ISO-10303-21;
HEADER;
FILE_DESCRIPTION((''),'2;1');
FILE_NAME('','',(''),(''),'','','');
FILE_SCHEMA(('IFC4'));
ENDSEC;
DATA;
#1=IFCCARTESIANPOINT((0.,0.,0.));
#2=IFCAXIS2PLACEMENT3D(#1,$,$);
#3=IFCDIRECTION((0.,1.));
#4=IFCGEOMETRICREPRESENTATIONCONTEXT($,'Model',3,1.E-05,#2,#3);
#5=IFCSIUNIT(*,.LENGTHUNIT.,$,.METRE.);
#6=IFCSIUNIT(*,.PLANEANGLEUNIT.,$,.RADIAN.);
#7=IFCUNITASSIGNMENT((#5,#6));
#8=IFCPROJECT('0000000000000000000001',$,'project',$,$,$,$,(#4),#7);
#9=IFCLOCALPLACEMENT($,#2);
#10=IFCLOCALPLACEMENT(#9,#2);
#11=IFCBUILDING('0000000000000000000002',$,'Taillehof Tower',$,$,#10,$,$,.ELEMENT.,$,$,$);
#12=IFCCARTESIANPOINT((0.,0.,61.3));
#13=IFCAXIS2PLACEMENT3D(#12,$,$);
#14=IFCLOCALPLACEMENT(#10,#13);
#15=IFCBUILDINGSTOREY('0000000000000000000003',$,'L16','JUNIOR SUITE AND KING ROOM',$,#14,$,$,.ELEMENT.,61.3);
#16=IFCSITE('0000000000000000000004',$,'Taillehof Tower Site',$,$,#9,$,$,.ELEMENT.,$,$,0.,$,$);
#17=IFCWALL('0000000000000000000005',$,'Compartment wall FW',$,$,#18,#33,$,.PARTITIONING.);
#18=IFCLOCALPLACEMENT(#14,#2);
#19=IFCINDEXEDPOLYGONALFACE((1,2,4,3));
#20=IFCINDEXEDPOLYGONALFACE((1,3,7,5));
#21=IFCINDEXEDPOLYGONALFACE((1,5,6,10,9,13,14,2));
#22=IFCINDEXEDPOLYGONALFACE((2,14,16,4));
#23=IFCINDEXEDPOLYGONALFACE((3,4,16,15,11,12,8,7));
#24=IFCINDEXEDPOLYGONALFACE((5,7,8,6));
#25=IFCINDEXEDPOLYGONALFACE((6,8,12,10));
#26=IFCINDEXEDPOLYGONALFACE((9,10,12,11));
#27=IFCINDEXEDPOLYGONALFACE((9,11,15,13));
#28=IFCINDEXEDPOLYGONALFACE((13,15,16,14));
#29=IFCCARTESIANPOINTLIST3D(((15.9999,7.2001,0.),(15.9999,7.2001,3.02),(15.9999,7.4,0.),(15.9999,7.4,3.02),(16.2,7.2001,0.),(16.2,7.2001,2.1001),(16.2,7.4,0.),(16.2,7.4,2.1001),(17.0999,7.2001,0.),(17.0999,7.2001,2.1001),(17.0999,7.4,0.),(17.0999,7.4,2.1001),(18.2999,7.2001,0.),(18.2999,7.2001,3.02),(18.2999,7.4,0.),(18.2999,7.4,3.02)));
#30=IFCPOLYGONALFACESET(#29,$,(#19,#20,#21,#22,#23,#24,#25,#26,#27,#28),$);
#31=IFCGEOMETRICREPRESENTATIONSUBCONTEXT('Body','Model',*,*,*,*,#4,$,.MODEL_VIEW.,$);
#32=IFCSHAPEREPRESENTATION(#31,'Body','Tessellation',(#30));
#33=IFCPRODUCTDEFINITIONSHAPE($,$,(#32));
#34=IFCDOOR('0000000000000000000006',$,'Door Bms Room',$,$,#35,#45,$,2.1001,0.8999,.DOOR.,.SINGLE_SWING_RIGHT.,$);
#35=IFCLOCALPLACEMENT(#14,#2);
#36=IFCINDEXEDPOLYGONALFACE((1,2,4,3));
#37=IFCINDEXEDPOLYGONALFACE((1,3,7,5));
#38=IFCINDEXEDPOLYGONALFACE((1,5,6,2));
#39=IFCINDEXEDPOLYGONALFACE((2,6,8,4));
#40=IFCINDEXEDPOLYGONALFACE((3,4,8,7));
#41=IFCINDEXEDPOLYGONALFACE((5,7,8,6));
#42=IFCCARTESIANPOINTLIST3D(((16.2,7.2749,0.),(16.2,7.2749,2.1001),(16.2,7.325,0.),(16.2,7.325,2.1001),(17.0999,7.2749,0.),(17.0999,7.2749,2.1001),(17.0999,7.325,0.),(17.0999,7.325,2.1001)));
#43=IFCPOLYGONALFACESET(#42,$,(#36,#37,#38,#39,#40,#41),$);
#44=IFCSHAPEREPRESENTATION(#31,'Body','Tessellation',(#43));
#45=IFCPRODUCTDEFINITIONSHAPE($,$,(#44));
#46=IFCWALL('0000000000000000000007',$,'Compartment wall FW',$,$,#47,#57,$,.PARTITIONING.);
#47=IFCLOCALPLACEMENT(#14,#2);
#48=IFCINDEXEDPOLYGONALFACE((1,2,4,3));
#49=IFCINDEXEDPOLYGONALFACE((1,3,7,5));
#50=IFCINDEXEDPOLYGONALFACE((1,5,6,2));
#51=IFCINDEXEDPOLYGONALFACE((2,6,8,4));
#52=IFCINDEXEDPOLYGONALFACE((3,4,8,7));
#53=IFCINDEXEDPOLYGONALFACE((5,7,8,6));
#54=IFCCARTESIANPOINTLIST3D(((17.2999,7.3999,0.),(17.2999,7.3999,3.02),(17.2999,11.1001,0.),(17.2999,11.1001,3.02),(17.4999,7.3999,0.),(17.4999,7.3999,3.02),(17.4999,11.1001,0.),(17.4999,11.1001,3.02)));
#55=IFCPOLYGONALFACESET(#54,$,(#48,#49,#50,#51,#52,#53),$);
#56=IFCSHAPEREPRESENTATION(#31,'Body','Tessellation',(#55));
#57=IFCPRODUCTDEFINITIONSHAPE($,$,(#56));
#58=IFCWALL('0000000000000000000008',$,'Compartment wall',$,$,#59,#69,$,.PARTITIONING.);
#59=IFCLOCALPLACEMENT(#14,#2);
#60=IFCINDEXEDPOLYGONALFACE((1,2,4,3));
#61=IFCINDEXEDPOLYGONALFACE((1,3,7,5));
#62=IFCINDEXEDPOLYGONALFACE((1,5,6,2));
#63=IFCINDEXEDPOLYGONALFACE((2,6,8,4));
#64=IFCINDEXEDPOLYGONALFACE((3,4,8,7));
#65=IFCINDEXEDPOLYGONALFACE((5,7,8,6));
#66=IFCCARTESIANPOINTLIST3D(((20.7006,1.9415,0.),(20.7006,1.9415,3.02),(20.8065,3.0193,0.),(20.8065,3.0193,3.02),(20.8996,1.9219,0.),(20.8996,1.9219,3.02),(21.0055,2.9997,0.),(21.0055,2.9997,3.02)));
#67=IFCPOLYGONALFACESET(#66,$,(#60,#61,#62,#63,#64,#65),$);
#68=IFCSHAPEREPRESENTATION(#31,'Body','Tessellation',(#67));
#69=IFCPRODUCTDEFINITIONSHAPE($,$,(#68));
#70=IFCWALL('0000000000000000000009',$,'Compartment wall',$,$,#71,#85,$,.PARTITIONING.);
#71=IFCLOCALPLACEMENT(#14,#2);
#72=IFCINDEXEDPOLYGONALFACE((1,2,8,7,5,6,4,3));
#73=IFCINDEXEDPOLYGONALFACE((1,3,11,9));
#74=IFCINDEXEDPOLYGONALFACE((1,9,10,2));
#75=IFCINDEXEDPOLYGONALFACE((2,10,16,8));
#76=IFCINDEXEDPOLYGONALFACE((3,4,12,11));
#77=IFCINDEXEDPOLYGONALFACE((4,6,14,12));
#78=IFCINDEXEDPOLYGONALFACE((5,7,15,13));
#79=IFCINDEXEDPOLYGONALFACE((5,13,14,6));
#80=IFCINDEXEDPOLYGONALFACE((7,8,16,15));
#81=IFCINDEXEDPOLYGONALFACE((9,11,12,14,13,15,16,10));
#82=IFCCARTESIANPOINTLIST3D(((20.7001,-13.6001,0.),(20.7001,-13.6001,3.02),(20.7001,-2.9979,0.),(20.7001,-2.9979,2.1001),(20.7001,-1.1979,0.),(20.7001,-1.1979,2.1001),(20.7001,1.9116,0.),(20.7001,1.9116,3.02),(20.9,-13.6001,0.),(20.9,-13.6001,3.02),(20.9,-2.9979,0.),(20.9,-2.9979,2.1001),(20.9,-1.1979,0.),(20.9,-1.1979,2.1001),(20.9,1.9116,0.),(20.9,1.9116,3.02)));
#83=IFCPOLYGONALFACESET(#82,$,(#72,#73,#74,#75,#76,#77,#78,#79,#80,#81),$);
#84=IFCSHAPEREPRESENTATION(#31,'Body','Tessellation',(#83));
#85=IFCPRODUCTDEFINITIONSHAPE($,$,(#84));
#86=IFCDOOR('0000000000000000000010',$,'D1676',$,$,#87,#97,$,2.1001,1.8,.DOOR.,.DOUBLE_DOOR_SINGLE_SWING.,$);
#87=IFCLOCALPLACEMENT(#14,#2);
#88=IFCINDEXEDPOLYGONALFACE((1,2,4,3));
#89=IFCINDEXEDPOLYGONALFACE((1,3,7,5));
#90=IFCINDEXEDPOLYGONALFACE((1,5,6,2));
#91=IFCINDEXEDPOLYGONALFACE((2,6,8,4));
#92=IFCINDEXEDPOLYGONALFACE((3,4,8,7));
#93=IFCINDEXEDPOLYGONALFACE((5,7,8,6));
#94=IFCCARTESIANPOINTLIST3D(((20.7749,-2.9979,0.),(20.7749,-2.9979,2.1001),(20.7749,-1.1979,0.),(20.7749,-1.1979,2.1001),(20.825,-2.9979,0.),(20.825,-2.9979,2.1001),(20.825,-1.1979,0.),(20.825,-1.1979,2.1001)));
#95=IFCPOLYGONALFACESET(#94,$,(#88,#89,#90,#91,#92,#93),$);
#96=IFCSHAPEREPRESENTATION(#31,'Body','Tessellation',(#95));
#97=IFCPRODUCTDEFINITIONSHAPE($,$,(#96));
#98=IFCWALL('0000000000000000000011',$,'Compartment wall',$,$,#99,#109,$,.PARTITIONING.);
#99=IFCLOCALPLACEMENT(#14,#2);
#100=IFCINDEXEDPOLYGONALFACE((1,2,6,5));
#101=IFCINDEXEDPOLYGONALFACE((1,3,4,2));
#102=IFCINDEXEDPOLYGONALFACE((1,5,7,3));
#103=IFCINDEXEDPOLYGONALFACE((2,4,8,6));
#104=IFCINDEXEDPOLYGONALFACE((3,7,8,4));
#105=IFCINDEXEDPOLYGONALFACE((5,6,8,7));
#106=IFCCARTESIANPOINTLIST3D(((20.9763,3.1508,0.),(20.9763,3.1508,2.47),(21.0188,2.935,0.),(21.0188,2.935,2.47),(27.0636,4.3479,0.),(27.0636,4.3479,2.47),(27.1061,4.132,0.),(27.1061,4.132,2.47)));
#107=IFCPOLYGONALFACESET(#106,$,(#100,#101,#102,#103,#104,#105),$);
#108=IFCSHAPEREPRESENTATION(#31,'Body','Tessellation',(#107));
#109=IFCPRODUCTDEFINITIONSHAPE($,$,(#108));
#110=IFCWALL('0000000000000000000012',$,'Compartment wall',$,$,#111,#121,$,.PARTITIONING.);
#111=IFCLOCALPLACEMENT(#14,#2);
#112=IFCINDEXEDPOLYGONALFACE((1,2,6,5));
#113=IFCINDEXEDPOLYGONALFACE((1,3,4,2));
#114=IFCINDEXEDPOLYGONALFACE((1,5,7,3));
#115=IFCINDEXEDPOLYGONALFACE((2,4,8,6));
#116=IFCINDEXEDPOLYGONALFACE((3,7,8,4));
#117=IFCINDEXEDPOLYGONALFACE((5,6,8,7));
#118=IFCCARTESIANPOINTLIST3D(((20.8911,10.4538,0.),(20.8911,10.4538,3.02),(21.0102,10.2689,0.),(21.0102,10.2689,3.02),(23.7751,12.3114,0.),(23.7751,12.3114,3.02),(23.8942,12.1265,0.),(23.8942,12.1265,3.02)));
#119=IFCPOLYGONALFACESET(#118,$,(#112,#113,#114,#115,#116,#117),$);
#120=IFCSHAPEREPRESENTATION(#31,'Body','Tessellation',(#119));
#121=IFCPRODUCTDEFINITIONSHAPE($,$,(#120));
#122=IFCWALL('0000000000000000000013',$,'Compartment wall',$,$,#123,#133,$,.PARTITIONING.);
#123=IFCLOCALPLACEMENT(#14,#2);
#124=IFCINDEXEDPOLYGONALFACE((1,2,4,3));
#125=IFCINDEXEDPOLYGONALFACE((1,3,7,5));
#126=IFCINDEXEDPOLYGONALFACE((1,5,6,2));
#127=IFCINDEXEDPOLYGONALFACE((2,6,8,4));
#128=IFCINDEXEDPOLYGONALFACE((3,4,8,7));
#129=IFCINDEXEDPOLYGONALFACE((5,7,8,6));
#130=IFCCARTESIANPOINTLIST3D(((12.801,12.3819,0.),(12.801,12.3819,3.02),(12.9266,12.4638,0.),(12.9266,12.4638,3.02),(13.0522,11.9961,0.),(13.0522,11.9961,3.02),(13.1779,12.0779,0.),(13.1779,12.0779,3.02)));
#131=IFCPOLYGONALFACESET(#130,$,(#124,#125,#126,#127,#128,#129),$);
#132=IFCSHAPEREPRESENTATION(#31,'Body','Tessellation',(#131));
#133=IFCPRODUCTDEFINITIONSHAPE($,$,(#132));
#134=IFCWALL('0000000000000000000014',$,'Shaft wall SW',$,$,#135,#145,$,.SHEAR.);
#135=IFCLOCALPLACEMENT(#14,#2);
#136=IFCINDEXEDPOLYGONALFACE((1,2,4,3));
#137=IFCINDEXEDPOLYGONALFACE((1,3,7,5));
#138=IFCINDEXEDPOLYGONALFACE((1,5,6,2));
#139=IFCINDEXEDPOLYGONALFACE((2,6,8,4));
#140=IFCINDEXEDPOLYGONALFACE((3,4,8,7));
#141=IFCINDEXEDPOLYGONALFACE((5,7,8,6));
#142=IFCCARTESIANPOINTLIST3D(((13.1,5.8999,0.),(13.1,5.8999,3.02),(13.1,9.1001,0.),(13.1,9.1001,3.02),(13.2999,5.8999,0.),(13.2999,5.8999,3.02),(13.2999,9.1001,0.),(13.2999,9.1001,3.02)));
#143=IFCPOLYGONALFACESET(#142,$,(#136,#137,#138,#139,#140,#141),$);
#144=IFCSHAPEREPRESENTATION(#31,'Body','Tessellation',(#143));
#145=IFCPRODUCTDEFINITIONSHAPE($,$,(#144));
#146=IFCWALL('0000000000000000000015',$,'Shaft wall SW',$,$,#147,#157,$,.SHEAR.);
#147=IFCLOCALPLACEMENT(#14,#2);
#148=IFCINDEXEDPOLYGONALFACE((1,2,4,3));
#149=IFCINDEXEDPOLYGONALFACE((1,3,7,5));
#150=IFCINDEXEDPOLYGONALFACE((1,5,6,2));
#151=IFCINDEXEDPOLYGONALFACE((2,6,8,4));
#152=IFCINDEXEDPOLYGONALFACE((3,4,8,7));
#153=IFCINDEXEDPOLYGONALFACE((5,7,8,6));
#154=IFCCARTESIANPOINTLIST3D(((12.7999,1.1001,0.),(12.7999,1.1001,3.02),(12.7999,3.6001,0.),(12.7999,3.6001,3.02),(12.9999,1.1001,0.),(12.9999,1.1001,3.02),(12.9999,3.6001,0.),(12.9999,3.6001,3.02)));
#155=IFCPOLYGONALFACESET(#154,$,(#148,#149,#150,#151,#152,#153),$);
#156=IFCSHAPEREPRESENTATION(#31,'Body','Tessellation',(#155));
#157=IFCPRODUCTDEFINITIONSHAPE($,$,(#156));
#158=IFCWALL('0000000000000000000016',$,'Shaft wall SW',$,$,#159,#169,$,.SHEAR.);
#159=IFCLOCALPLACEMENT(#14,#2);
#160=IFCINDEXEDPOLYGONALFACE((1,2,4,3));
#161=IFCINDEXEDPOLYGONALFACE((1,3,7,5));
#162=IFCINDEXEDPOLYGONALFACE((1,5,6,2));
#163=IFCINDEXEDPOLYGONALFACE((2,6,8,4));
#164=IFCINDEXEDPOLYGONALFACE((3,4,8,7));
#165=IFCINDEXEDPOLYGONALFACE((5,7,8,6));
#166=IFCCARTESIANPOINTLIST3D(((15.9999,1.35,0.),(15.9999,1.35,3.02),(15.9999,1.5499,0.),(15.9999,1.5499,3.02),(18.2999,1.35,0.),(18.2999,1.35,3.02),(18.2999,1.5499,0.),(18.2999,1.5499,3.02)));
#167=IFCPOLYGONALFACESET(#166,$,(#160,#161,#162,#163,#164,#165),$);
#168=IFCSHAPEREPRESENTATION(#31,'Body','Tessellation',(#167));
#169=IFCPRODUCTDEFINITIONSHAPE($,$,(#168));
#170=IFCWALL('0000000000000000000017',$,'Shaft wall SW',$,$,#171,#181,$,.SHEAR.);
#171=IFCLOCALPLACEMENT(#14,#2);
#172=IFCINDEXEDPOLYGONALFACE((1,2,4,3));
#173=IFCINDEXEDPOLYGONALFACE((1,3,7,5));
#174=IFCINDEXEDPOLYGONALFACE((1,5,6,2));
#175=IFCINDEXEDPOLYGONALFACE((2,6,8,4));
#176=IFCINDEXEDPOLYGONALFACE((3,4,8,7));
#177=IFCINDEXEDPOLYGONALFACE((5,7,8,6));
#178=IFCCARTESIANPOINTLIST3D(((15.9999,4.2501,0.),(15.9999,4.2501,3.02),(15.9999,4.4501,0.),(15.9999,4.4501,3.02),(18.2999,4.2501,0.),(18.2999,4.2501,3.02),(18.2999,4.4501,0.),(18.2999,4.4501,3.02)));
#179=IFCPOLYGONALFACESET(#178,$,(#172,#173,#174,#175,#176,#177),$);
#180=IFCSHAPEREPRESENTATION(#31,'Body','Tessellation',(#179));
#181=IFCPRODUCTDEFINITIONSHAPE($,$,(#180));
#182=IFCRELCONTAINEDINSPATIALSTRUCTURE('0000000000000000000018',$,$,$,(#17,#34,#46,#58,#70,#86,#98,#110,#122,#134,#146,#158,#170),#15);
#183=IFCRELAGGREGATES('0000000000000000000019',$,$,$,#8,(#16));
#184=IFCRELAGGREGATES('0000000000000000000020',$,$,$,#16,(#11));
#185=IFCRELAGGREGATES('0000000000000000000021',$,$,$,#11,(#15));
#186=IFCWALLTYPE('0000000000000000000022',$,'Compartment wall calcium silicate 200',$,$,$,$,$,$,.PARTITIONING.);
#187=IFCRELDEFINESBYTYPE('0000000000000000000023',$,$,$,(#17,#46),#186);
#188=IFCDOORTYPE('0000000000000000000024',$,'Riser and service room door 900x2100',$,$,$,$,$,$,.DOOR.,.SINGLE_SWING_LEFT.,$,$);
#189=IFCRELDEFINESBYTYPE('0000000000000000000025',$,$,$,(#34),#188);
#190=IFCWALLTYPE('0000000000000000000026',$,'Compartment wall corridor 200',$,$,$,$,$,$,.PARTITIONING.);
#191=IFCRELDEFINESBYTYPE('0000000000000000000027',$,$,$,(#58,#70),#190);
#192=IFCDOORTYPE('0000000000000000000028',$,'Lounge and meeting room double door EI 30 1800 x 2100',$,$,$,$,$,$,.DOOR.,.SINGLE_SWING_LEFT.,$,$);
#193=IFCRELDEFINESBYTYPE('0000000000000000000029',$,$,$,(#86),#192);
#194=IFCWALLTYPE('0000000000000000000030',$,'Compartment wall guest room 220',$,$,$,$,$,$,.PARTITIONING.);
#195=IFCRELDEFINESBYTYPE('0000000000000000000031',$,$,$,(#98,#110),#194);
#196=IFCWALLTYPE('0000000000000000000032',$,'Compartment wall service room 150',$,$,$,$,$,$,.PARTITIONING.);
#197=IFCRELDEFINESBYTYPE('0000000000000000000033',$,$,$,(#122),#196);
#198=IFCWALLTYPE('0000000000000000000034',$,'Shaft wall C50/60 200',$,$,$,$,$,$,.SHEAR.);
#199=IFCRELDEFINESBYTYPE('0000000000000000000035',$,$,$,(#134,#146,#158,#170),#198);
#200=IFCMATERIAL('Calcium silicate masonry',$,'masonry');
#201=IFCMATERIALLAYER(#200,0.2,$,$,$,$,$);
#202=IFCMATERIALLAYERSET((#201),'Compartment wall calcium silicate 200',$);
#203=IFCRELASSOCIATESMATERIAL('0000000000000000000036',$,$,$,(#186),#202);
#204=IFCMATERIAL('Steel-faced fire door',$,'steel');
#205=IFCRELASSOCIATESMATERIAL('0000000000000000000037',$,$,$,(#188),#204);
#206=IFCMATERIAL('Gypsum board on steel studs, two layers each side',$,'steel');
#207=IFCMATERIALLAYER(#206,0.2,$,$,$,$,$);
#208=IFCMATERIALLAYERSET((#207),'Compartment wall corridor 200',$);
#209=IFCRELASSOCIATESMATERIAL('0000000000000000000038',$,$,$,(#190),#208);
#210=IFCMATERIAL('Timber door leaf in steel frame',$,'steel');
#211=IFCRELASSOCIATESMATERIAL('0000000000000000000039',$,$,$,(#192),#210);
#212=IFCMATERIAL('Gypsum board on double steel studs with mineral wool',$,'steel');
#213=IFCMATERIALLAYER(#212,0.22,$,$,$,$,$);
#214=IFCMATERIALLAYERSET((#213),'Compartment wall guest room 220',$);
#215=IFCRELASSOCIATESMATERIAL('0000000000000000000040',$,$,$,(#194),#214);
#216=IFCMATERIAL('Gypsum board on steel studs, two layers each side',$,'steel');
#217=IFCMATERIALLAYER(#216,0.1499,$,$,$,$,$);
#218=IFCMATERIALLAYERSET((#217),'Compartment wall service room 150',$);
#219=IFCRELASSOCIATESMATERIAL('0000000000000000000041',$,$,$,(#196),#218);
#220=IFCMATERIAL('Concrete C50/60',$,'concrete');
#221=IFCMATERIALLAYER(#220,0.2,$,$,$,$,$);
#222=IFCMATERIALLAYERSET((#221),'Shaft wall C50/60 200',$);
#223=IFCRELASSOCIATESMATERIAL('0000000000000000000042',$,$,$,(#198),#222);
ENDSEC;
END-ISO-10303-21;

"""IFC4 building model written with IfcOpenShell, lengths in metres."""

from ifc_helpers import new_model, si_unit, direction, frame, frame_2d, origin, place, context, subcontext, project, spatial, rectangle, extrude, material, layer, layer_set, type_object, element, fill, save


model = new_model("IFC4")

# Units and contexts
model_context = context("Model", 3, precision=1e-05, world=origin(), true_north=direction((0.0, 1.0)))
body_context = subcontext(model_context, "Body", "Model", "MODEL_VIEW")
ifc_project = project(units=[si_unit("LENGTHUNIT", "METRE"), si_unit("PLANEANGLEUNIT", "RADIAN")], contexts=[model_context])

# Site, building, storey
site_placement = place(None, origin())
site = spatial("IfcSite", under=ifc_project, at=site_placement, Name="Taillehof Tower Site", CompositionType="ELEMENT", RefElevation=0.0)
building_placement = place(site_placement, origin())
building = spatial("IfcBuilding", under=site, at=building_placement, Name="Taillehof Tower", CompositionType="ELEMENT")
storey_placement = place(building_placement, frame((0.0, 0.0, 61.3)))
storey = spatial("IfcBuildingStorey", under=building, at=storey_placement, Name="L16", Description="JUNIOR SUITE AND KING ROOM", CompositionType="ELEMENT", Elevation=61.3)

# Wall, opening, door
ifc_material_1 = material(Name="Calcium silicate masonry", Category="masonry")
ifc_layer_1 = layer(ifc_material_1, 0.2)
ifc_layer_set_1 = layer_set([ifc_layer_1], Name="Compartment wall calcium silicate 200")
wall_type_1 = type_object("IfcWallType", Name="Compartment wall calcium silicate 200", PredefinedType="PARTITIONING", material=ifc_layer_set_1)
wall_1_placement = place(storey_placement, frame((16.0, 7.3, 0.0), z_axis=(0.0, 0.0, 1.0), x_axis=(1.0, 0.0, 0.0)))
wall_1 = element("IfcWall", 1, at=wall_1_placement, inside=storey, type_object=wall_type_1, Name="Compartment wall FW", PredefinedType="PARTITIONING", context=body_context, shape_type="SweptSolid", body=[
    extrude(rectangle(XDim=2.3, YDim=0.2, at=frame_2d((1.1499, 0.0))), origin(), (0.0, 0.0, 1.0), 3.02),
])
opening_1_placement = place(wall_1_placement, frame((0.2, 0.0, 0.0)))
opening_1 = element("IfcOpeningElement", 2, at=opening_1_placement, cuts=wall_1, PredefinedType="OPENING", context=body_context, shape_type="SweptSolid", body=[
    extrude(rectangle(XDim=0.8999, YDim=2.1001, at=frame_2d((0.45, 1.05))), frame((0.0, 0.1099, 0.0), z_axis=(0.0, -1.0, 0.0), x_axis=(1.0, 0.0, 0.0)), (0.0, 0.0, 1.0), 0.22),
])
ifc_material_2 = material(Name="Steel-faced fire door", Category="steel")
door_type_1 = type_object("IfcDoorType", Name="Riser and service room door 900x2100", OperationType="SINGLE_SWING_LEFT", PredefinedType="DOOR", material=ifc_material_2)
door_1_placement = place(opening_1_placement, origin())
door_1 = element("IfcDoor", 3, at=door_1_placement, inside=storey, type_object=door_type_1, Name="Door Bms Room", OperationType="SINGLE_SWING_RIGHT", OverallHeight=2.1001, OverallWidth=0.8999, PredefinedType="DOOR", context=body_context, shape_type="SweptSolid", body=[
    extrude(rectangle(XDim=0.8999, YDim=2.1001, at=frame_2d((0.45, 1.05))), frame((0.0, 0.0249, 0.0), z_axis=(0.0, -1.0, 0.0), x_axis=(1.0, 0.0, 0.0)), (0.0, 0.0, 1.0), 0.05),
])
fill(opening_1, door_1)

# Walls
wall_2_placement = place(storey_placement, frame((17.3999, 7.3999, 0.0), z_axis=(0.0, 0.0, 1.0), x_axis=(0.0, 1.0, 0.0)))
element("IfcWall", 4, at=wall_2_placement, inside=storey, type_object=wall_type_1, Name="Compartment wall FW", PredefinedType="PARTITIONING", context=body_context, shape_type="SweptSolid", body=[
    extrude(rectangle(XDim=3.7002, YDim=0.2, at=frame_2d((1.8501, 0.0))), origin(), (0.0, 0.0, 1.0), 3.02),
])
ifc_material_3 = material(Name="Gypsum board on steel studs, two layers each side", Category="steel")
ifc_layer_2 = layer(ifc_material_3, 0.2)
ifc_layer_set_2 = layer_set([ifc_layer_2], Name="Compartment wall corridor 200")
wall_type_2 = type_object("IfcWallType", Name="Compartment wall corridor 200", PredefinedType="PARTITIONING", material=ifc_layer_set_2)
wall_3_placement = place(storey_placement, frame((20.906, 3.0095, 0.0), z_axis=(0.0, 0.0, 1.0), x_axis=(-0.09783, -0.995203, 0.0)))
element("IfcWall", 5, at=wall_3_placement, inside=storey, type_object=wall_type_2, Name="Compartment wall", PredefinedType="PARTITIONING", context=body_context, shape_type="SweptSolid", body=[
    extrude(rectangle(XDim=1.083, YDim=0.2, at=frame_2d((0.5415, 0.0))), origin(), (0.0, 0.0, 1.0), 3.02),
])

# Wall, opening, door
wall_4_placement = place(storey_placement, frame((20.8, 1.9116, 0.0), z_axis=(0.0, 0.0, 1.0), x_axis=(0.0, -1.0, 0.0)))
wall_4 = element("IfcWall", 6, at=wall_4_placement, inside=storey, type_object=wall_type_2, Name="Compartment wall", PredefinedType="PARTITIONING", context=body_context, shape_type="SweptSolid", body=[
    extrude(rectangle(XDim=15.5117, YDim=0.2, at=frame_2d((7.7559, 0.0))), origin(), (0.0, 0.0, 1.0), 3.02),
])
opening_2_placement = place(wall_4_placement, frame((3.1096, 0.0, 0.0)))
opening_2 = element("IfcOpeningElement", 7, at=opening_2_placement, cuts=wall_4, PredefinedType="OPENING", context=body_context, shape_type="SweptSolid", body=[
    extrude(rectangle(XDim=1.8, YDim=2.1001, at=frame_2d((0.8999, 1.05))), frame((0.0, 0.1099, 0.0), z_axis=(0.0, -1.0, 0.0), x_axis=(1.0, 0.0, 0.0)), (0.0, 0.0, 1.0), 0.22),
])
ifc_material_4 = material(Name="Timber door leaf in steel frame", Category="steel")
door_type_2 = type_object("IfcDoorType", Name="Lounge and meeting room double door EI 30 1800 x 2100", OperationType="SINGLE_SWING_LEFT", PredefinedType="DOOR", material=ifc_material_4)
door_2_placement = place(opening_2_placement, origin())
door_2 = element("IfcDoor", 8, at=door_2_placement, inside=storey, type_object=door_type_2, Name="D1676", OperationType="DOUBLE_DOOR_SINGLE_SWING", OverallHeight=2.1001, OverallWidth=1.8, PredefinedType="DOOR", context=body_context, shape_type="SweptSolid", body=[
    extrude(rectangle(XDim=1.8, YDim=2.1001, at=frame_2d((0.8999, 1.05))), frame((0.0, 0.0249, 0.0), z_axis=(0.0, -1.0, 0.0), x_axis=(1.0, 0.0, 0.0)), (0.0, 0.0, 1.0), 0.05),
])
fill(opening_2, door_2)

# Walls
ifc_material_5 = material(Name="Gypsum board on double steel studs with mineral wool", Category="steel")
ifc_layer_3 = layer(ifc_material_5, 0.22)
ifc_layer_set_3 = layer_set([ifc_layer_3], Name="Compartment wall guest room 220")
wall_type_3 = type_object("IfcWallType", Name="Compartment wall guest room 220", PredefinedType="PARTITIONING", material=ifc_layer_set_3)
wall_5_placement = place(storey_placement, frame((27.085, 4.24, 0.0), z_axis=(0.0, 0.0, 1.0), x_axis=(-0.981208, -0.192952, 0.0)))
element("IfcWall", 9, at=wall_5_placement, inside=storey, type_object=wall_type_3, Name="Compartment wall", PredefinedType="PARTITIONING", context=body_context, shape_type="SweptSolid", body=[
    extrude(rectangle(XDim=6.2039, YDim=0.22, at=frame_2d((3.1021, 0.0))), origin(), (0.0, 0.0, 1.0), 2.47),
])
wall_6_placement = place(storey_placement, frame((23.8347, 12.219, 0.0), z_axis=(0.0, 0.0, 1.0), x_axis=(-0.840695, -0.541509, 0.0)))
element("IfcWall", 10, at=wall_6_placement, inside=storey, type_object=wall_type_3, Name="Compartment wall", PredefinedType="PARTITIONING", context=body_context, shape_type="SweptSolid", body=[
    extrude(rectangle(XDim=3.4304, YDim=0.22, at=frame_2d((1.7153, 0.0))), origin(), (0.0, 0.0, 1.0), 3.02),
])
ifc_material_6 = material(Name="Gypsum board on steel studs, two layers each side", Category="steel")
ifc_layer_4 = layer(ifc_material_6, 0.1499)
ifc_layer_set_4 = layer_set([ifc_layer_4], Name="Compartment wall service room 150")
wall_type_4 = type_object("IfcWallType", Name="Compartment wall service room 150", PredefinedType="PARTITIONING", material=ifc_layer_set_4)
wall_7_placement = place(storey_placement, frame((12.8638, 12.4229, 0.0), z_axis=(0.0, 0.0, 1.0), x_axis=(0.545734, -0.837959, 0.0)))
element("IfcWall", 11, at=wall_7_placement, inside=storey, type_object=wall_type_4, Name="Compartment wall", PredefinedType="PARTITIONING", context=body_context, shape_type="SweptSolid", body=[
    extrude(rectangle(XDim=0.4604, YDim=0.1499, at=frame_2d((0.2302, 0.0))), origin(), (0.0, 0.0, 1.0), 3.02),
])
ifc_material_7 = material(Name="Concrete C50/60", Category="concrete")
ifc_layer_5 = layer(ifc_material_7, 0.2)
ifc_layer_set_5 = layer_set([ifc_layer_5], Name="Shaft wall C50/60 200")
wall_type_5 = type_object("IfcWallType", Name="Shaft wall C50/60 200", PredefinedType="SHEAR", material=ifc_layer_set_5)
wall_8_placement = place(storey_placement, frame((13.2, 5.8999, 0.0), z_axis=(0.0, 0.0, 1.0), x_axis=(0.0, 1.0, 0.0)))
element("IfcWall", 12, at=wall_8_placement, inside=storey, type_object=wall_type_5, Name="Shaft wall SW", PredefinedType="SHEAR", context=body_context, shape_type="SweptSolid", body=[
    extrude(rectangle(XDim=3.2002, YDim=0.2, at=frame_2d((1.6001, 0.0))), origin(), (0.0, 0.0, 1.0), 3.02),
])
wall_9_placement = place(storey_placement, frame((12.8999, 1.1001, 0.0), z_axis=(0.0, 0.0, 1.0), x_axis=(0.0, 1.0, 0.0)))
element("IfcWall", 13, at=wall_9_placement, inside=storey, type_object=wall_type_5, Name="Shaft wall SW", PredefinedType="SHEAR", context=body_context, shape_type="SweptSolid", body=[
    extrude(rectangle(XDim=2.5, YDim=0.2, at=frame_2d((1.25, 0.0))), origin(), (0.0, 0.0, 1.0), 3.02),
])
for number, where, z_axis, x_axis, name in (
    (14, (16.0, 1.45, 0.0), (0.0, 0.0, 1.0), (1.0, 0.0, 0.0), "Shaft wall SW"),
    (15, (16.0, 4.3501, 0.0), (0.0, 0.0, 1.0), (1.0, 0.0, 0.0), "Shaft wall SW"),
):
    element("IfcWall", number, at=place(storey_placement, frame(where, z_axis=z_axis, x_axis=x_axis)), inside=storey, type_object=wall_type_5, Name=name, PredefinedType="SHEAR", context=body_context, shape_type="SweptSolid", body=[
        extrude(rectangle(XDim=2.3, YDim=0.2, at=frame_2d((1.1499, 0.0))), origin(), (0.0, 0.0, 1.0), 3.02),
    ])

save(model, "model.ifc")
